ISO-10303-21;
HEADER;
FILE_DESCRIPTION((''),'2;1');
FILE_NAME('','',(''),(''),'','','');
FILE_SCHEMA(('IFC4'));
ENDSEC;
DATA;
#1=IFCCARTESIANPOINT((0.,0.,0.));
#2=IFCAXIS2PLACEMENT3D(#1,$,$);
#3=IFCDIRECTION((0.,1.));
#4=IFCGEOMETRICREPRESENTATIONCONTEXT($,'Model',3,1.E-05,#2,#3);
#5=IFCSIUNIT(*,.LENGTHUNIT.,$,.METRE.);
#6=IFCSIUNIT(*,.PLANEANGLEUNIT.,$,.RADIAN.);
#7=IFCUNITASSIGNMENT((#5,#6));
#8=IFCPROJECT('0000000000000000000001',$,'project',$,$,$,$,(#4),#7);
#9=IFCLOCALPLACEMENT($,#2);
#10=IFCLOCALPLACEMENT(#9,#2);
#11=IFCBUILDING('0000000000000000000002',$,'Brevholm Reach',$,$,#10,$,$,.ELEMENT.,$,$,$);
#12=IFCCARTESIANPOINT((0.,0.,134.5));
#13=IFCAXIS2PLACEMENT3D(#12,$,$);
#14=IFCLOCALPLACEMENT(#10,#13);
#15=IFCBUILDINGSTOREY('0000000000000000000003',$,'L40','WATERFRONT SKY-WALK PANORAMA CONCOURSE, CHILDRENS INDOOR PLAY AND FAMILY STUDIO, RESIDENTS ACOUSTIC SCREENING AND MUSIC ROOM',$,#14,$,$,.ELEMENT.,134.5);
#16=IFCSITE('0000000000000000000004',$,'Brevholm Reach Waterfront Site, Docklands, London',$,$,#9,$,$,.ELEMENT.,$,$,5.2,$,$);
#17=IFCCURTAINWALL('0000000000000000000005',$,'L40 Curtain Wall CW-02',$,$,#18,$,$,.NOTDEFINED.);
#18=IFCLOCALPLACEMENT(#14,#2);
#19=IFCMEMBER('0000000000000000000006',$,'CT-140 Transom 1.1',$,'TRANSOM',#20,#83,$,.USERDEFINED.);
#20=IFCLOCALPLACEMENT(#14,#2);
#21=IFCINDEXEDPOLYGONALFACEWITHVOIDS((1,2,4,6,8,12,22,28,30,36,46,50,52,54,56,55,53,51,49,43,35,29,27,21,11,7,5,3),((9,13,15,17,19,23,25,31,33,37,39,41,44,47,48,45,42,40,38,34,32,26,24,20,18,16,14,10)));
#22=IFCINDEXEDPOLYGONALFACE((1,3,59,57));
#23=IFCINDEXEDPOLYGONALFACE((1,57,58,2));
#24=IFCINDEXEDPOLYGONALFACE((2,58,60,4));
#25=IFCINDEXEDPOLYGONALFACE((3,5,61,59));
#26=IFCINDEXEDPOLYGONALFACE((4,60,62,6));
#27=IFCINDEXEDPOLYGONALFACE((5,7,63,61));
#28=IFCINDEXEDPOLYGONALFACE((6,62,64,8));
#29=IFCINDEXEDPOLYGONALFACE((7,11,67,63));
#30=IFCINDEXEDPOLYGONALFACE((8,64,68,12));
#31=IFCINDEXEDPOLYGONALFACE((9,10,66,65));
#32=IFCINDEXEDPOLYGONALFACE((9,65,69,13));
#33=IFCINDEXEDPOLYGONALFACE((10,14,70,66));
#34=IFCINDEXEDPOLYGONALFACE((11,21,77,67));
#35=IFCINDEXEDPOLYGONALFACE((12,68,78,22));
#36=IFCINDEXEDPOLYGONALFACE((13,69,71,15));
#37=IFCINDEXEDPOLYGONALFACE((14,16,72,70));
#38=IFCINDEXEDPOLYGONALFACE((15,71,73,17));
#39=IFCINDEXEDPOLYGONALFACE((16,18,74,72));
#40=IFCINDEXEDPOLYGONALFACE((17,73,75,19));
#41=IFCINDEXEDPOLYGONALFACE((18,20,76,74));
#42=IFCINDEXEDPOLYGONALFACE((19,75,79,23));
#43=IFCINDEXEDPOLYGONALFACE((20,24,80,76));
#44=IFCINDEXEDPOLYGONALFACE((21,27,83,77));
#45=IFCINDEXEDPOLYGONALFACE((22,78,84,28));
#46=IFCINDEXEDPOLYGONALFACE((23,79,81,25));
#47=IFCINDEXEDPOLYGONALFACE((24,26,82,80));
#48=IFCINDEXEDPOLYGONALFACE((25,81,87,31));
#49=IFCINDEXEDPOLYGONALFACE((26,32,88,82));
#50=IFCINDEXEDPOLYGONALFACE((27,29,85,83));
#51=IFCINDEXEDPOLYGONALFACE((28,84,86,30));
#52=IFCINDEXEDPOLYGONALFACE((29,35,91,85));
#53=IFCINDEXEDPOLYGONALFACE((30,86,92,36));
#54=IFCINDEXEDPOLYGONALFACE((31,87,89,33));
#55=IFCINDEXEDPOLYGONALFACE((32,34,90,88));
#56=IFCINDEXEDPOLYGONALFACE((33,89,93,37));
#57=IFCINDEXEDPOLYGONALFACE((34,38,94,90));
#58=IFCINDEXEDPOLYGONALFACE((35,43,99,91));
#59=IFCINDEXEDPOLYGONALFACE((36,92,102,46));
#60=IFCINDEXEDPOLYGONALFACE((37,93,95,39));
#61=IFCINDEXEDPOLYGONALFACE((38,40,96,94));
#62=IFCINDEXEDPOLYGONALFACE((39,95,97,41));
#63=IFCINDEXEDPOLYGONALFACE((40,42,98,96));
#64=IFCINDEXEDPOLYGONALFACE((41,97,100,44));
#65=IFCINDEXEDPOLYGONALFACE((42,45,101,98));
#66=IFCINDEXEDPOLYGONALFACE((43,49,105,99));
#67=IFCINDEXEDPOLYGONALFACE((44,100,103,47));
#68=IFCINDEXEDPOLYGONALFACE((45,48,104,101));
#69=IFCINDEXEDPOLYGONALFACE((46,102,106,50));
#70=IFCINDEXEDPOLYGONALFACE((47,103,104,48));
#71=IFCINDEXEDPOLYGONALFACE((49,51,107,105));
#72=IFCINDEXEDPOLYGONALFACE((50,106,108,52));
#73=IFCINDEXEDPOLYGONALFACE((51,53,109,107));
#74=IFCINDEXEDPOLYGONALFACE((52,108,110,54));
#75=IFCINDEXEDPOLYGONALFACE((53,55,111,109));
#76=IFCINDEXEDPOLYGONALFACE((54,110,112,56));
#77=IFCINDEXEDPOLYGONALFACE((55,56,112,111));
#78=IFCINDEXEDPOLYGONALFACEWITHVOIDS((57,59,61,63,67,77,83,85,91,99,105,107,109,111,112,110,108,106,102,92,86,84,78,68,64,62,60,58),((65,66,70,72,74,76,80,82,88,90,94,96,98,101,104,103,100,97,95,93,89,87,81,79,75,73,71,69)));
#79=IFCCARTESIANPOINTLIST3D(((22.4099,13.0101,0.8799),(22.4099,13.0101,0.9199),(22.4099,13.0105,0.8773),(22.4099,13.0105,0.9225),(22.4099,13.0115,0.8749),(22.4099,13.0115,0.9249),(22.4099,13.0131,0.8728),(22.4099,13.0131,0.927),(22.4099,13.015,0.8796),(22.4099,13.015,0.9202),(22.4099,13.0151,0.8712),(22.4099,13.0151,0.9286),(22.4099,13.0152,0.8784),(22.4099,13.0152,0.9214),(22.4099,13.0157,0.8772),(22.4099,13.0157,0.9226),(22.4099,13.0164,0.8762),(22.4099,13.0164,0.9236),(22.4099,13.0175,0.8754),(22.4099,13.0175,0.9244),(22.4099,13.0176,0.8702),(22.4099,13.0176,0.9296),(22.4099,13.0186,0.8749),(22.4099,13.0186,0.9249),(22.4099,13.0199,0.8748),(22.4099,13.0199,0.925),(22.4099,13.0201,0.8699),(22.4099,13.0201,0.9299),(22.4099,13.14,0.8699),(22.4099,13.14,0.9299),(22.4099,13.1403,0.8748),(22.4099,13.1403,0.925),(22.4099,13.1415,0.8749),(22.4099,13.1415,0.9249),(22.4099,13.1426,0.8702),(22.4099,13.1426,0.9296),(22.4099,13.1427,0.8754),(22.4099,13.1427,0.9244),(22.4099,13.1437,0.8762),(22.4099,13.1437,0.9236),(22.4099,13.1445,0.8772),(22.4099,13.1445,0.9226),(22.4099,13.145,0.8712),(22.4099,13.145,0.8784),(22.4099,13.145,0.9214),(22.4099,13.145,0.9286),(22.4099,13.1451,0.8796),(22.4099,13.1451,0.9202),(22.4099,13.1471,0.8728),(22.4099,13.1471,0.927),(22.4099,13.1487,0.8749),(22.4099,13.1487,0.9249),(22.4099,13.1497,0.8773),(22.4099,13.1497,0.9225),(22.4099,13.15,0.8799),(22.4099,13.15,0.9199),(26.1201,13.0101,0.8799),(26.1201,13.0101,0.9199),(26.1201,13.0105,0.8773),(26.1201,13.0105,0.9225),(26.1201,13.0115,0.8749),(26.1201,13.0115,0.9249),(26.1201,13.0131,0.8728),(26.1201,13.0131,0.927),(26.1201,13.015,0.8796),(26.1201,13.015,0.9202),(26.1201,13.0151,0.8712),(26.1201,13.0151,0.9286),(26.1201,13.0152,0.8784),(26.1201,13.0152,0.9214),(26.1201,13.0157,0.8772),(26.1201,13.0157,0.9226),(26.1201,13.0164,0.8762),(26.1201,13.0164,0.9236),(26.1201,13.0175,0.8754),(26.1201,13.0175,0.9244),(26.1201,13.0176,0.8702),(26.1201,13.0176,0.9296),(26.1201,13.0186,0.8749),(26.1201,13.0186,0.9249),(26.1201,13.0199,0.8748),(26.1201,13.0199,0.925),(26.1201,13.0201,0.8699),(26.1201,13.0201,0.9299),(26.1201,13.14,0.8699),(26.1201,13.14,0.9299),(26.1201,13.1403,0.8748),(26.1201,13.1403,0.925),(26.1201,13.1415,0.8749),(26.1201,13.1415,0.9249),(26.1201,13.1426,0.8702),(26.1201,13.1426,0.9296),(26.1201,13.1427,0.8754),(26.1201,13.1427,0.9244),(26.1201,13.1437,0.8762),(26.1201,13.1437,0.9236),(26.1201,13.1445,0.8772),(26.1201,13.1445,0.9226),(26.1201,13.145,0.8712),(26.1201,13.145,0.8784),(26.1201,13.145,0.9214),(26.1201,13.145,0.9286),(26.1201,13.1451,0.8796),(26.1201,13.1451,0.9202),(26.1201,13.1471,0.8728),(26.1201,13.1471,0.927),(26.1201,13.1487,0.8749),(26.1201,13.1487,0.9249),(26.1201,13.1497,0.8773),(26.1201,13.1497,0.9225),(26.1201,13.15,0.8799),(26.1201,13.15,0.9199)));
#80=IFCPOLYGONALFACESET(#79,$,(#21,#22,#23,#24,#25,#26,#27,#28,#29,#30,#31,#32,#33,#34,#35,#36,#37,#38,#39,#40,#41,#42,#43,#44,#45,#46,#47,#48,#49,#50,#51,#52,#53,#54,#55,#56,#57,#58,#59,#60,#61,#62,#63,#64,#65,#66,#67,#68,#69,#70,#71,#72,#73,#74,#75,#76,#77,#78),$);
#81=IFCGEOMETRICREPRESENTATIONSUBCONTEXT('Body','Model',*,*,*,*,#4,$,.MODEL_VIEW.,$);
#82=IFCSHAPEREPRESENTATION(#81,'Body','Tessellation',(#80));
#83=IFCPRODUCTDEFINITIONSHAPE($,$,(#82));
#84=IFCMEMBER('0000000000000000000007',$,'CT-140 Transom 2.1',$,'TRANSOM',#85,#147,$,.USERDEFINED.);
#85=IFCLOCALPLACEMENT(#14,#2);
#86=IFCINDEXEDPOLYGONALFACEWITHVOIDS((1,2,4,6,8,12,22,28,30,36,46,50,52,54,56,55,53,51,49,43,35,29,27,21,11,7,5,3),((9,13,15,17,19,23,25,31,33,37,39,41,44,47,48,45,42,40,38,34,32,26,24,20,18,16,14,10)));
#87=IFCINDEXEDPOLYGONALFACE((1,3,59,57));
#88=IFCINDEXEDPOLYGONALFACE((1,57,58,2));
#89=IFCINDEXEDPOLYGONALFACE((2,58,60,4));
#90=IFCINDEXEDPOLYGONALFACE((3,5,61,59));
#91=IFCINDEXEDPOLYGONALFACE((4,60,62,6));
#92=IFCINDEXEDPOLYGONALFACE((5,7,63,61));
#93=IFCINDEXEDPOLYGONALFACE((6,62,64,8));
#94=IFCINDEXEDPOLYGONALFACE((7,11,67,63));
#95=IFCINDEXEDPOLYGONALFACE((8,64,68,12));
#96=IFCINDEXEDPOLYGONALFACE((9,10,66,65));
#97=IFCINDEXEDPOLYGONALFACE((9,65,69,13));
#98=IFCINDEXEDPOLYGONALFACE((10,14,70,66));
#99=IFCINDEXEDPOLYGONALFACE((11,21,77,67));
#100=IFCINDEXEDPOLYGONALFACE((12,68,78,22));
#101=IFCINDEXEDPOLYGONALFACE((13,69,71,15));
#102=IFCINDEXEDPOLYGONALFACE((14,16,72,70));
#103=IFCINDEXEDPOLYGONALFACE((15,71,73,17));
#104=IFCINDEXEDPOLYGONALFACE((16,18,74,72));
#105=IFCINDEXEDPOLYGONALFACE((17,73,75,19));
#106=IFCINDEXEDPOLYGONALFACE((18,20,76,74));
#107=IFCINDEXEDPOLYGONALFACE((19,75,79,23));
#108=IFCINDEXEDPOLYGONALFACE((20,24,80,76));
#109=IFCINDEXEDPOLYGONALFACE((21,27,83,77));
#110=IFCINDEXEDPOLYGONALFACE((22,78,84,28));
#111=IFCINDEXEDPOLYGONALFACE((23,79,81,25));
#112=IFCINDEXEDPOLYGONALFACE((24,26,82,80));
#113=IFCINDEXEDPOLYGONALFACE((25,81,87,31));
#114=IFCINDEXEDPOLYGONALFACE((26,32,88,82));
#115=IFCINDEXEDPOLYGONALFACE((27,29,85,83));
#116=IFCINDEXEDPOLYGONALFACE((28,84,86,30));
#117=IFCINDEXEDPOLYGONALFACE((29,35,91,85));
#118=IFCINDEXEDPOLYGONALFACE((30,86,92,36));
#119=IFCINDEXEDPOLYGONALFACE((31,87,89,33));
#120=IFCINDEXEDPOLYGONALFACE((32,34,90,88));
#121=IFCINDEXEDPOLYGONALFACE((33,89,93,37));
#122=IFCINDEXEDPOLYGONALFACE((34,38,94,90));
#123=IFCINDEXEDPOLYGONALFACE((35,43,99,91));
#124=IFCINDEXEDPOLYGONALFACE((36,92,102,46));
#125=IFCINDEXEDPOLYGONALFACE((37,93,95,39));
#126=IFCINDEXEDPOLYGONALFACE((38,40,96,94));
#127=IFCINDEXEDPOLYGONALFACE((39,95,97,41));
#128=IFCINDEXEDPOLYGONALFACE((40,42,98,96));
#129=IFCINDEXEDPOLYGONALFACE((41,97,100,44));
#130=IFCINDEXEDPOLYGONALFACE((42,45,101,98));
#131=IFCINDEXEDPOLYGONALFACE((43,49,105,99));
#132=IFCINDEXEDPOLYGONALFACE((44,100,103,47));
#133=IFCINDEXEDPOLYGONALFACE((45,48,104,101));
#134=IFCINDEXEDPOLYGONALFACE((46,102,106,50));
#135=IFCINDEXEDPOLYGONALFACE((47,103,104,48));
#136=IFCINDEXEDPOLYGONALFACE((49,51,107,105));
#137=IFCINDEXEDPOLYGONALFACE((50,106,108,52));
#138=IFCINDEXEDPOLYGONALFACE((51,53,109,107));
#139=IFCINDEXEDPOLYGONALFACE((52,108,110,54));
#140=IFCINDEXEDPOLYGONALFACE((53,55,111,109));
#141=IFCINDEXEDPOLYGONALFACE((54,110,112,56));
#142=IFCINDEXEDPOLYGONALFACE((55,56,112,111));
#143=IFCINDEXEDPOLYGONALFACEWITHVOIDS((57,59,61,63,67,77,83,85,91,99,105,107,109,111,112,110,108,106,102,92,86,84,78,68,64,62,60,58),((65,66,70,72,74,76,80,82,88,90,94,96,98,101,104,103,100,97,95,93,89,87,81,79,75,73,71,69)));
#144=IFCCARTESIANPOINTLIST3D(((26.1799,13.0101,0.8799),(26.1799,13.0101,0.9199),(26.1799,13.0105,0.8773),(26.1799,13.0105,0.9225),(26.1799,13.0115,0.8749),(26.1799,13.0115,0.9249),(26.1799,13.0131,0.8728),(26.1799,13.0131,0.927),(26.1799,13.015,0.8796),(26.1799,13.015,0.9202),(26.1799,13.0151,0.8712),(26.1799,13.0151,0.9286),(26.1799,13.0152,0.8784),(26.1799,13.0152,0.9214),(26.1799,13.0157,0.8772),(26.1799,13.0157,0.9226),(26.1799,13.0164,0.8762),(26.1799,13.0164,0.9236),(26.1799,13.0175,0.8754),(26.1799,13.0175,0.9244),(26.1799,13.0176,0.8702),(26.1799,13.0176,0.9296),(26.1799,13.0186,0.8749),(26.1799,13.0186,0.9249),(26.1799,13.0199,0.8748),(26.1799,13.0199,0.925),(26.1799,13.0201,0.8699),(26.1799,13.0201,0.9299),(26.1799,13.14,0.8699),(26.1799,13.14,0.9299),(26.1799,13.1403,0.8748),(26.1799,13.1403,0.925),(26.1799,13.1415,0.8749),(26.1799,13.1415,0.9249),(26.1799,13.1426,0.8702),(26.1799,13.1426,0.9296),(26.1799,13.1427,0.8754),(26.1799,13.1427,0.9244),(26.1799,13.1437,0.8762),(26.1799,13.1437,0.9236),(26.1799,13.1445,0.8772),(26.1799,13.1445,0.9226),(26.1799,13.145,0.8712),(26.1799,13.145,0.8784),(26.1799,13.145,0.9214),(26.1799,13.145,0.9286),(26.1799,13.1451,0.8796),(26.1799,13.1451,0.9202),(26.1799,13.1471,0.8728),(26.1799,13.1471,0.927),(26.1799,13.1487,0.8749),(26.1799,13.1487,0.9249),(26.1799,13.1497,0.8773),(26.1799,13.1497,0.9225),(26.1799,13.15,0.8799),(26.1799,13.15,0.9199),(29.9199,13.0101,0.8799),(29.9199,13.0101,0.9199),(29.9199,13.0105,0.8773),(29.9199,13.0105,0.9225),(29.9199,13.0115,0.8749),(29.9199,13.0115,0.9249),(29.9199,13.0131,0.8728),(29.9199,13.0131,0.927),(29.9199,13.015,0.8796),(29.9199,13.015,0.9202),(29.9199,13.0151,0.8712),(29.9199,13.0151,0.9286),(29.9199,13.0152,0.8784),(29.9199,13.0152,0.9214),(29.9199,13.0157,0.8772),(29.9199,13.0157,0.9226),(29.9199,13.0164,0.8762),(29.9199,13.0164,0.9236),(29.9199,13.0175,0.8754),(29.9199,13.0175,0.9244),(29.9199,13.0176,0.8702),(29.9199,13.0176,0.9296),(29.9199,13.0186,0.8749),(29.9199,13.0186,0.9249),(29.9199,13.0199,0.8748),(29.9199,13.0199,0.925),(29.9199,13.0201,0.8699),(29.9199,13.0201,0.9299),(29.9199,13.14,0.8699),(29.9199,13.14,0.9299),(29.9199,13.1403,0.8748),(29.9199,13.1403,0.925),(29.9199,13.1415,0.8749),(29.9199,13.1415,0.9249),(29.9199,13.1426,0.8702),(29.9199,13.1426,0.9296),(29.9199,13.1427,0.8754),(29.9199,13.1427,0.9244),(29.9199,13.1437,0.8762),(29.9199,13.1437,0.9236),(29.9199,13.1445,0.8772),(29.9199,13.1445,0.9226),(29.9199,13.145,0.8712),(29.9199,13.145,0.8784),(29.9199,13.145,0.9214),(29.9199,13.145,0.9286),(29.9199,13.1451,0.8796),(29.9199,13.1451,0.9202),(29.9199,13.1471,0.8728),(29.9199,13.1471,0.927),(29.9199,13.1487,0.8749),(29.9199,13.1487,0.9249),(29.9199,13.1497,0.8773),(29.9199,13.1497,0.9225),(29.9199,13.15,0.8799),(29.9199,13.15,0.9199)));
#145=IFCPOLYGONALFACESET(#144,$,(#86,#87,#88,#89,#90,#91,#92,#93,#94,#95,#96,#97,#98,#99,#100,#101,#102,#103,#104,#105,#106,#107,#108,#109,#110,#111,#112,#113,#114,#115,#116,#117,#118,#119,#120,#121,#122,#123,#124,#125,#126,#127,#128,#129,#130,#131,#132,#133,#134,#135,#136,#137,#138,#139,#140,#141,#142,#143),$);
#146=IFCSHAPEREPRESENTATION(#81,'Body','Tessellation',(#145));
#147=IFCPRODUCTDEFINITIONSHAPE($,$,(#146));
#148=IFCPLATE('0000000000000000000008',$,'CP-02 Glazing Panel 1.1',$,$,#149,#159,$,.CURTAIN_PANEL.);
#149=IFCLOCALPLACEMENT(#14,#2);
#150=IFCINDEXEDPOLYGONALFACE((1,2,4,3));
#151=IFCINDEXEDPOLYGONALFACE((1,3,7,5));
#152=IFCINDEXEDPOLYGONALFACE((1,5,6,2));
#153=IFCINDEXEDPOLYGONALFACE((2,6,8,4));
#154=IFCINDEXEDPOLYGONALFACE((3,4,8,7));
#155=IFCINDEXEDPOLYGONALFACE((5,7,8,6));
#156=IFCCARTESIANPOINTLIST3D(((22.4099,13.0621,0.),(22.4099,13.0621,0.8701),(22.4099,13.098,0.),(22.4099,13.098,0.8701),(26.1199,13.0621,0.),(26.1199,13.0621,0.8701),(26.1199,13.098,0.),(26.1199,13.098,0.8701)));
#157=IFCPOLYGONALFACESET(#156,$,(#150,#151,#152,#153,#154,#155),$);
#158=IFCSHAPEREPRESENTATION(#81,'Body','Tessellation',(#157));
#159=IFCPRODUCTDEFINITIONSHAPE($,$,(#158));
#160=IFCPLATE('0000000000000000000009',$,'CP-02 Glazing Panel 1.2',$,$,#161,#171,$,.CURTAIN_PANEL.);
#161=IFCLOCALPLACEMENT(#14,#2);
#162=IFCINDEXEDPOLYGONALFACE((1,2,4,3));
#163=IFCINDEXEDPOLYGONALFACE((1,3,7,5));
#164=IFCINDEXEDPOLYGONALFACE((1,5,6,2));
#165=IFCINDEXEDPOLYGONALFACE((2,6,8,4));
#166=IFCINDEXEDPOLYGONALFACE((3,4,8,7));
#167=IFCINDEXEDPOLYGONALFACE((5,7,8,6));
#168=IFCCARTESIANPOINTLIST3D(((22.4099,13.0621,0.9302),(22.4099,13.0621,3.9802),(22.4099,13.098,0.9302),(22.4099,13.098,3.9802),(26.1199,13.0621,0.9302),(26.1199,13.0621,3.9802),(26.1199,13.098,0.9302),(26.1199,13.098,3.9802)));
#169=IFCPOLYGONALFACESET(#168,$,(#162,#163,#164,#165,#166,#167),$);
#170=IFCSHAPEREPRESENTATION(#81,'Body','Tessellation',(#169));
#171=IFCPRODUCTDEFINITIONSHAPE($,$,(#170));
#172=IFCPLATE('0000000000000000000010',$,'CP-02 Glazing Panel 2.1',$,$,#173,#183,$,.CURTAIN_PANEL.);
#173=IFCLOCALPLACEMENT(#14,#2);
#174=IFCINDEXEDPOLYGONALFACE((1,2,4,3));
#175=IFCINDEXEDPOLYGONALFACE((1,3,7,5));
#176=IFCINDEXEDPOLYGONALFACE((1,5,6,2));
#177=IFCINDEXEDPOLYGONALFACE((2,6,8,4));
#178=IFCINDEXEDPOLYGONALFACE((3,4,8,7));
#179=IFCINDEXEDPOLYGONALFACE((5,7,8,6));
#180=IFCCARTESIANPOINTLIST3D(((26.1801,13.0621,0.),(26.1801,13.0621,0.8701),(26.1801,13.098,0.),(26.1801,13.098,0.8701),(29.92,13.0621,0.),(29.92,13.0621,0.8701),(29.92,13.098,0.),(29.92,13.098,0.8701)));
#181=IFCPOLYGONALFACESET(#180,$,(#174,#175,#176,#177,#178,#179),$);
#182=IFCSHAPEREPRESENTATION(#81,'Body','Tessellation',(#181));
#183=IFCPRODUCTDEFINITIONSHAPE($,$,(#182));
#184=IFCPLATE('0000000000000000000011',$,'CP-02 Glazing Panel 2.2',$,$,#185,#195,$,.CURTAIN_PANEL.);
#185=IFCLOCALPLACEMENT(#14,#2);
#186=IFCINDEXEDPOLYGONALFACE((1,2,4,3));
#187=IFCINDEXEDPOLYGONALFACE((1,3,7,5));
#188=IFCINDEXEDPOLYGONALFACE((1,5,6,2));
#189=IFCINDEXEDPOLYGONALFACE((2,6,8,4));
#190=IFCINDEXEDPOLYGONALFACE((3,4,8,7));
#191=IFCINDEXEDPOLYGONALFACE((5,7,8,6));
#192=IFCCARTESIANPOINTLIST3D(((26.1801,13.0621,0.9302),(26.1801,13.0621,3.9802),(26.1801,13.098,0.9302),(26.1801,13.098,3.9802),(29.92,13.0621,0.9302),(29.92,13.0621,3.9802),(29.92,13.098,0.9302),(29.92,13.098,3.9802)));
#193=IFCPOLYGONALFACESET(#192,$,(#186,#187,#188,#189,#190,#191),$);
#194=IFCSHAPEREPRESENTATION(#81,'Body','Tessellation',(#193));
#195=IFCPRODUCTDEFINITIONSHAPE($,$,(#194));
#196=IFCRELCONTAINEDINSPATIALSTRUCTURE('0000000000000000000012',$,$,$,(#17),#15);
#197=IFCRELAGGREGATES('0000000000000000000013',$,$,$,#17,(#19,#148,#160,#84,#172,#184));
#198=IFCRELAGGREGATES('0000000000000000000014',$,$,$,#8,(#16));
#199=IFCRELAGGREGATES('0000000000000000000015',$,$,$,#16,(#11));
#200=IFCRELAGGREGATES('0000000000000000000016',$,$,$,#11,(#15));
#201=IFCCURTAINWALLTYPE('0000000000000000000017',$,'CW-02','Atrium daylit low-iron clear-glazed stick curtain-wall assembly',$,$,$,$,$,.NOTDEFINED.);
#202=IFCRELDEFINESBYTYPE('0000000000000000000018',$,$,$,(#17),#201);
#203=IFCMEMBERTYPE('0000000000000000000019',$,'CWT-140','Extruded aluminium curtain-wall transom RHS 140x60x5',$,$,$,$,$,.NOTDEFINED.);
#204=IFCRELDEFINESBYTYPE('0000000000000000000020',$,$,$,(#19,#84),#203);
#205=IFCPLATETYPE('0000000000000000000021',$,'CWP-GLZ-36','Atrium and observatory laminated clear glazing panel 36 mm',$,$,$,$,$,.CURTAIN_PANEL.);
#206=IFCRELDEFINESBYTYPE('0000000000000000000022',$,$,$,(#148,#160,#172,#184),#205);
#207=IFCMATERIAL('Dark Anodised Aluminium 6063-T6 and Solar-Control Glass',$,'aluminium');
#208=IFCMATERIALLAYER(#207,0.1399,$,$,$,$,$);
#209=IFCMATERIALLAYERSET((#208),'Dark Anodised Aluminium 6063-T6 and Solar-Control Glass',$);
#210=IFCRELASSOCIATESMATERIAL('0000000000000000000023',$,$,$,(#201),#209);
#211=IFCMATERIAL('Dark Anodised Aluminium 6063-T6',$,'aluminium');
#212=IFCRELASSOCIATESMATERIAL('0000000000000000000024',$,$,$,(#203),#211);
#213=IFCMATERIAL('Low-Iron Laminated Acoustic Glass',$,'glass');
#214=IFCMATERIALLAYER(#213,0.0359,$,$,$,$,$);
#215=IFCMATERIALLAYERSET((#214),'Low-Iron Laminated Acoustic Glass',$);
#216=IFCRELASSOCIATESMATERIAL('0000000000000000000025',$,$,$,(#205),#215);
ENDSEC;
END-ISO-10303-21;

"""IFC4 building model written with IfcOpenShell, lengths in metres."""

from ifc_helpers import new_model, si_unit, direction, frame, origin, origin_2d, place, context, subcontext, project, spatial, rectangle, hollow_rectangle, extrude, material, layer, layer_set, material_profile, profile_set, type_object, element, aggregate, save


model = new_model("IFC4")

# Units and contexts
model_context = context("Model", 3, precision=1e-05, world=origin(), true_north=direction((0.0, 1.0)))
body_context = subcontext(model_context, "Body", "Model", "MODEL_VIEW")
ifc_project = project(units=[si_unit("LENGTHUNIT", "METRE"), si_unit("PLANEANGLEUNIT", "RADIAN")], contexts=[model_context])

# Site, building, storey
site_placement = place(None, origin())
site = spatial("IfcSite", under=ifc_project, at=site_placement, Name="Brevholm Reach Waterfront Site, Docklands, London", CompositionType="ELEMENT", RefElevation=5.2)
building_placement = place(site_placement, origin())
building = spatial("IfcBuilding", under=site, at=building_placement, Name="Brevholm Reach", CompositionType="ELEMENT")
storey_placement = place(building_placement, frame((0.0, 0.0, 134.5)))
storey = spatial("IfcBuildingStorey", under=building, at=storey_placement, Name="L40", Description="WATERFRONT SKY-WALK PANORAMA CONCOURSE, CHILDRENS INDOOR PLAY AND FAMILY STUDIO, RESIDENTS ACOUSTIC SCREENING AND MUSIC ROOM", CompositionType="ELEMENT", Elevation=134.5)

# Curtain wall, members, plates
ifc_material_1 = material(Name="Dark Anodised Aluminium 6063-T6 and Solar-Control Glass", Category="aluminium")
ifc_layer_1 = layer(ifc_material_1, 0.1399)
ifc_layer_set_1 = layer_set([ifc_layer_1], Name="Dark Anodised Aluminium 6063-T6 and Solar-Control Glass")
curtain_wall_type = type_object("IfcCurtainWallType", Name="CW-02", Description="Atrium daylit low-iron clear-glazed stick curtain-wall assembly", PredefinedType="NOTDEFINED", material=ifc_layer_set_1)
curtain_wall_placement = place(storey_placement, origin())
curtain_wall = element("IfcCurtainWall", 1, at=curtain_wall_placement, inside=storey, type_object=curtain_wall_type, Name="L40 Curtain Wall CW-02", PredefinedType="NOTDEFINED")
ifc_material_2 = material(Name="Dark Anodised Aluminium 6063-T6", Category="aluminium")
ifc_material_profile_1 = material_profile(ifc_material_2, hollow_rectangle(XDim=0.0601, YDim=0.1399, WallThickness=0.0049, InnerFilletRadius=0.0049, OuterFilletRadius=0.01, at=origin_2d()), Name="RHS 140x60x5")
ifc_profile_set_1 = profile_set([ifc_material_profile_1], Name="Dark Anodised Aluminium 6063-T6")
member_type_1 = type_object("IfcMemberType", Name="CWT-140", Description="Extruded aluminium curtain-wall transom RHS 140x60x5", PredefinedType="NOTDEFINED", material=ifc_profile_set_1)
member_1_placement = place(storey_placement, frame((22.4099, 13.0801, 0.8999), z_axis=(1.0, 0.0, 0.0), x_axis=(0.0, 0.0, 1.0)))
member_1 = element("IfcMember", 2, at=member_1_placement, type_object=member_type_1, Name="CT-140 Transom 1.1", ObjectType="TRANSOM", PredefinedType="USERDEFINED", context=body_context, shape_type="SweptSolid", body=[
    extrude(hollow_rectangle(XDim=0.0601, YDim=0.1399, WallThickness=0.0049, InnerFilletRadius=0.0049, OuterFilletRadius=0.01, at=origin_2d()), origin(), (0.0, 0.0, 1.0), 3.7102),
])
member_2_placement = place(storey_placement, frame((26.1799, 13.0801, 0.8999), z_axis=(1.0, 0.0, 0.0), x_axis=(0.0, 0.0, 1.0)))
member_2 = element("IfcMember", 3, at=member_2_placement, type_object=member_type_1, Name="CT-140 Transom 2.1", ObjectType="TRANSOM", PredefinedType="USERDEFINED", context=body_context, shape_type="SweptSolid", body=[
    extrude(hollow_rectangle(XDim=0.0601, YDim=0.1399, WallThickness=0.0049, InnerFilletRadius=0.0049, OuterFilletRadius=0.01, at=origin_2d()), origin(), (0.0, 0.0, 1.0), 3.74),
])
ifc_material_3 = material(Name="Low-Iron Laminated Acoustic Glass", Category="glass")
ifc_layer_2 = layer(ifc_material_3, 0.0359)
ifc_layer_set_2 = layer_set([ifc_layer_2], Name="Low-Iron Laminated Acoustic Glass")
plate_type = type_object("IfcPlateType", Name="CWP-GLZ-36", Description="Atrium and observatory laminated clear glazing panel 36 mm", PredefinedType="CURTAIN_PANEL", material=ifc_layer_set_2)
plate_1_placement = place(storey_placement, frame((24.2649, 13.0801, 0.0), z_axis=(0.0, 0.0, 1.0), x_axis=(1.0, 0.0, 0.0)))
plate_1 = element("IfcPlate", 4, at=plate_1_placement, type_object=plate_type, Name="CP-02 Glazing Panel 1.1", PredefinedType="CURTAIN_PANEL", context=body_context, shape_type="SweptSolid", body=[
    extrude(rectangle(XDim=3.71, YDim=0.0359, at=origin_2d()), origin(), (0.0, 0.0, 1.0), 0.8701),
])
plate_2_placement = place(storey_placement, frame((24.2649, 13.0801, 0.9302), z_axis=(0.0, 0.0, 1.0), x_axis=(1.0, 0.0, 0.0)))
plate_2 = element("IfcPlate", 5, at=plate_2_placement, type_object=plate_type, Name="CP-02 Glazing Panel 1.2", PredefinedType="CURTAIN_PANEL", context=body_context, shape_type="SweptSolid", body=[
    extrude(rectangle(XDim=3.71, YDim=0.0359, at=origin_2d()), origin(), (0.0, 0.0, 1.0), 3.05),
])
plate_3_placement = place(storey_placement, frame((28.05, 13.0801, 0.0), z_axis=(0.0, 0.0, 1.0), x_axis=(1.0, 0.0, 0.0)))
plate_3 = element("IfcPlate", 6, at=plate_3_placement, type_object=plate_type, Name="CP-02 Glazing Panel 2.1", PredefinedType="CURTAIN_PANEL", context=body_context, shape_type="SweptSolid", body=[
    extrude(rectangle(XDim=3.74, YDim=0.0359, at=origin_2d()), origin(), (0.0, 0.0, 1.0), 0.8701),
])
plate_4_placement = place(storey_placement, frame((28.05, 13.0801, 0.9302), z_axis=(0.0, 0.0, 1.0), x_axis=(1.0, 0.0, 0.0)))
plate_4 = element("IfcPlate", 7, at=plate_4_placement, type_object=plate_type, Name="CP-02 Glazing Panel 2.2", PredefinedType="CURTAIN_PANEL", context=body_context, shape_type="SweptSolid", body=[
    extrude(rectangle(XDim=3.74, YDim=0.0359, at=origin_2d()), origin(), (0.0, 0.0, 1.0), 3.05),
])
aggregate(curtain_wall, [member_1, plate_1, plate_2, member_2, plate_3, plate_4])

save(model, "model.ifc")
